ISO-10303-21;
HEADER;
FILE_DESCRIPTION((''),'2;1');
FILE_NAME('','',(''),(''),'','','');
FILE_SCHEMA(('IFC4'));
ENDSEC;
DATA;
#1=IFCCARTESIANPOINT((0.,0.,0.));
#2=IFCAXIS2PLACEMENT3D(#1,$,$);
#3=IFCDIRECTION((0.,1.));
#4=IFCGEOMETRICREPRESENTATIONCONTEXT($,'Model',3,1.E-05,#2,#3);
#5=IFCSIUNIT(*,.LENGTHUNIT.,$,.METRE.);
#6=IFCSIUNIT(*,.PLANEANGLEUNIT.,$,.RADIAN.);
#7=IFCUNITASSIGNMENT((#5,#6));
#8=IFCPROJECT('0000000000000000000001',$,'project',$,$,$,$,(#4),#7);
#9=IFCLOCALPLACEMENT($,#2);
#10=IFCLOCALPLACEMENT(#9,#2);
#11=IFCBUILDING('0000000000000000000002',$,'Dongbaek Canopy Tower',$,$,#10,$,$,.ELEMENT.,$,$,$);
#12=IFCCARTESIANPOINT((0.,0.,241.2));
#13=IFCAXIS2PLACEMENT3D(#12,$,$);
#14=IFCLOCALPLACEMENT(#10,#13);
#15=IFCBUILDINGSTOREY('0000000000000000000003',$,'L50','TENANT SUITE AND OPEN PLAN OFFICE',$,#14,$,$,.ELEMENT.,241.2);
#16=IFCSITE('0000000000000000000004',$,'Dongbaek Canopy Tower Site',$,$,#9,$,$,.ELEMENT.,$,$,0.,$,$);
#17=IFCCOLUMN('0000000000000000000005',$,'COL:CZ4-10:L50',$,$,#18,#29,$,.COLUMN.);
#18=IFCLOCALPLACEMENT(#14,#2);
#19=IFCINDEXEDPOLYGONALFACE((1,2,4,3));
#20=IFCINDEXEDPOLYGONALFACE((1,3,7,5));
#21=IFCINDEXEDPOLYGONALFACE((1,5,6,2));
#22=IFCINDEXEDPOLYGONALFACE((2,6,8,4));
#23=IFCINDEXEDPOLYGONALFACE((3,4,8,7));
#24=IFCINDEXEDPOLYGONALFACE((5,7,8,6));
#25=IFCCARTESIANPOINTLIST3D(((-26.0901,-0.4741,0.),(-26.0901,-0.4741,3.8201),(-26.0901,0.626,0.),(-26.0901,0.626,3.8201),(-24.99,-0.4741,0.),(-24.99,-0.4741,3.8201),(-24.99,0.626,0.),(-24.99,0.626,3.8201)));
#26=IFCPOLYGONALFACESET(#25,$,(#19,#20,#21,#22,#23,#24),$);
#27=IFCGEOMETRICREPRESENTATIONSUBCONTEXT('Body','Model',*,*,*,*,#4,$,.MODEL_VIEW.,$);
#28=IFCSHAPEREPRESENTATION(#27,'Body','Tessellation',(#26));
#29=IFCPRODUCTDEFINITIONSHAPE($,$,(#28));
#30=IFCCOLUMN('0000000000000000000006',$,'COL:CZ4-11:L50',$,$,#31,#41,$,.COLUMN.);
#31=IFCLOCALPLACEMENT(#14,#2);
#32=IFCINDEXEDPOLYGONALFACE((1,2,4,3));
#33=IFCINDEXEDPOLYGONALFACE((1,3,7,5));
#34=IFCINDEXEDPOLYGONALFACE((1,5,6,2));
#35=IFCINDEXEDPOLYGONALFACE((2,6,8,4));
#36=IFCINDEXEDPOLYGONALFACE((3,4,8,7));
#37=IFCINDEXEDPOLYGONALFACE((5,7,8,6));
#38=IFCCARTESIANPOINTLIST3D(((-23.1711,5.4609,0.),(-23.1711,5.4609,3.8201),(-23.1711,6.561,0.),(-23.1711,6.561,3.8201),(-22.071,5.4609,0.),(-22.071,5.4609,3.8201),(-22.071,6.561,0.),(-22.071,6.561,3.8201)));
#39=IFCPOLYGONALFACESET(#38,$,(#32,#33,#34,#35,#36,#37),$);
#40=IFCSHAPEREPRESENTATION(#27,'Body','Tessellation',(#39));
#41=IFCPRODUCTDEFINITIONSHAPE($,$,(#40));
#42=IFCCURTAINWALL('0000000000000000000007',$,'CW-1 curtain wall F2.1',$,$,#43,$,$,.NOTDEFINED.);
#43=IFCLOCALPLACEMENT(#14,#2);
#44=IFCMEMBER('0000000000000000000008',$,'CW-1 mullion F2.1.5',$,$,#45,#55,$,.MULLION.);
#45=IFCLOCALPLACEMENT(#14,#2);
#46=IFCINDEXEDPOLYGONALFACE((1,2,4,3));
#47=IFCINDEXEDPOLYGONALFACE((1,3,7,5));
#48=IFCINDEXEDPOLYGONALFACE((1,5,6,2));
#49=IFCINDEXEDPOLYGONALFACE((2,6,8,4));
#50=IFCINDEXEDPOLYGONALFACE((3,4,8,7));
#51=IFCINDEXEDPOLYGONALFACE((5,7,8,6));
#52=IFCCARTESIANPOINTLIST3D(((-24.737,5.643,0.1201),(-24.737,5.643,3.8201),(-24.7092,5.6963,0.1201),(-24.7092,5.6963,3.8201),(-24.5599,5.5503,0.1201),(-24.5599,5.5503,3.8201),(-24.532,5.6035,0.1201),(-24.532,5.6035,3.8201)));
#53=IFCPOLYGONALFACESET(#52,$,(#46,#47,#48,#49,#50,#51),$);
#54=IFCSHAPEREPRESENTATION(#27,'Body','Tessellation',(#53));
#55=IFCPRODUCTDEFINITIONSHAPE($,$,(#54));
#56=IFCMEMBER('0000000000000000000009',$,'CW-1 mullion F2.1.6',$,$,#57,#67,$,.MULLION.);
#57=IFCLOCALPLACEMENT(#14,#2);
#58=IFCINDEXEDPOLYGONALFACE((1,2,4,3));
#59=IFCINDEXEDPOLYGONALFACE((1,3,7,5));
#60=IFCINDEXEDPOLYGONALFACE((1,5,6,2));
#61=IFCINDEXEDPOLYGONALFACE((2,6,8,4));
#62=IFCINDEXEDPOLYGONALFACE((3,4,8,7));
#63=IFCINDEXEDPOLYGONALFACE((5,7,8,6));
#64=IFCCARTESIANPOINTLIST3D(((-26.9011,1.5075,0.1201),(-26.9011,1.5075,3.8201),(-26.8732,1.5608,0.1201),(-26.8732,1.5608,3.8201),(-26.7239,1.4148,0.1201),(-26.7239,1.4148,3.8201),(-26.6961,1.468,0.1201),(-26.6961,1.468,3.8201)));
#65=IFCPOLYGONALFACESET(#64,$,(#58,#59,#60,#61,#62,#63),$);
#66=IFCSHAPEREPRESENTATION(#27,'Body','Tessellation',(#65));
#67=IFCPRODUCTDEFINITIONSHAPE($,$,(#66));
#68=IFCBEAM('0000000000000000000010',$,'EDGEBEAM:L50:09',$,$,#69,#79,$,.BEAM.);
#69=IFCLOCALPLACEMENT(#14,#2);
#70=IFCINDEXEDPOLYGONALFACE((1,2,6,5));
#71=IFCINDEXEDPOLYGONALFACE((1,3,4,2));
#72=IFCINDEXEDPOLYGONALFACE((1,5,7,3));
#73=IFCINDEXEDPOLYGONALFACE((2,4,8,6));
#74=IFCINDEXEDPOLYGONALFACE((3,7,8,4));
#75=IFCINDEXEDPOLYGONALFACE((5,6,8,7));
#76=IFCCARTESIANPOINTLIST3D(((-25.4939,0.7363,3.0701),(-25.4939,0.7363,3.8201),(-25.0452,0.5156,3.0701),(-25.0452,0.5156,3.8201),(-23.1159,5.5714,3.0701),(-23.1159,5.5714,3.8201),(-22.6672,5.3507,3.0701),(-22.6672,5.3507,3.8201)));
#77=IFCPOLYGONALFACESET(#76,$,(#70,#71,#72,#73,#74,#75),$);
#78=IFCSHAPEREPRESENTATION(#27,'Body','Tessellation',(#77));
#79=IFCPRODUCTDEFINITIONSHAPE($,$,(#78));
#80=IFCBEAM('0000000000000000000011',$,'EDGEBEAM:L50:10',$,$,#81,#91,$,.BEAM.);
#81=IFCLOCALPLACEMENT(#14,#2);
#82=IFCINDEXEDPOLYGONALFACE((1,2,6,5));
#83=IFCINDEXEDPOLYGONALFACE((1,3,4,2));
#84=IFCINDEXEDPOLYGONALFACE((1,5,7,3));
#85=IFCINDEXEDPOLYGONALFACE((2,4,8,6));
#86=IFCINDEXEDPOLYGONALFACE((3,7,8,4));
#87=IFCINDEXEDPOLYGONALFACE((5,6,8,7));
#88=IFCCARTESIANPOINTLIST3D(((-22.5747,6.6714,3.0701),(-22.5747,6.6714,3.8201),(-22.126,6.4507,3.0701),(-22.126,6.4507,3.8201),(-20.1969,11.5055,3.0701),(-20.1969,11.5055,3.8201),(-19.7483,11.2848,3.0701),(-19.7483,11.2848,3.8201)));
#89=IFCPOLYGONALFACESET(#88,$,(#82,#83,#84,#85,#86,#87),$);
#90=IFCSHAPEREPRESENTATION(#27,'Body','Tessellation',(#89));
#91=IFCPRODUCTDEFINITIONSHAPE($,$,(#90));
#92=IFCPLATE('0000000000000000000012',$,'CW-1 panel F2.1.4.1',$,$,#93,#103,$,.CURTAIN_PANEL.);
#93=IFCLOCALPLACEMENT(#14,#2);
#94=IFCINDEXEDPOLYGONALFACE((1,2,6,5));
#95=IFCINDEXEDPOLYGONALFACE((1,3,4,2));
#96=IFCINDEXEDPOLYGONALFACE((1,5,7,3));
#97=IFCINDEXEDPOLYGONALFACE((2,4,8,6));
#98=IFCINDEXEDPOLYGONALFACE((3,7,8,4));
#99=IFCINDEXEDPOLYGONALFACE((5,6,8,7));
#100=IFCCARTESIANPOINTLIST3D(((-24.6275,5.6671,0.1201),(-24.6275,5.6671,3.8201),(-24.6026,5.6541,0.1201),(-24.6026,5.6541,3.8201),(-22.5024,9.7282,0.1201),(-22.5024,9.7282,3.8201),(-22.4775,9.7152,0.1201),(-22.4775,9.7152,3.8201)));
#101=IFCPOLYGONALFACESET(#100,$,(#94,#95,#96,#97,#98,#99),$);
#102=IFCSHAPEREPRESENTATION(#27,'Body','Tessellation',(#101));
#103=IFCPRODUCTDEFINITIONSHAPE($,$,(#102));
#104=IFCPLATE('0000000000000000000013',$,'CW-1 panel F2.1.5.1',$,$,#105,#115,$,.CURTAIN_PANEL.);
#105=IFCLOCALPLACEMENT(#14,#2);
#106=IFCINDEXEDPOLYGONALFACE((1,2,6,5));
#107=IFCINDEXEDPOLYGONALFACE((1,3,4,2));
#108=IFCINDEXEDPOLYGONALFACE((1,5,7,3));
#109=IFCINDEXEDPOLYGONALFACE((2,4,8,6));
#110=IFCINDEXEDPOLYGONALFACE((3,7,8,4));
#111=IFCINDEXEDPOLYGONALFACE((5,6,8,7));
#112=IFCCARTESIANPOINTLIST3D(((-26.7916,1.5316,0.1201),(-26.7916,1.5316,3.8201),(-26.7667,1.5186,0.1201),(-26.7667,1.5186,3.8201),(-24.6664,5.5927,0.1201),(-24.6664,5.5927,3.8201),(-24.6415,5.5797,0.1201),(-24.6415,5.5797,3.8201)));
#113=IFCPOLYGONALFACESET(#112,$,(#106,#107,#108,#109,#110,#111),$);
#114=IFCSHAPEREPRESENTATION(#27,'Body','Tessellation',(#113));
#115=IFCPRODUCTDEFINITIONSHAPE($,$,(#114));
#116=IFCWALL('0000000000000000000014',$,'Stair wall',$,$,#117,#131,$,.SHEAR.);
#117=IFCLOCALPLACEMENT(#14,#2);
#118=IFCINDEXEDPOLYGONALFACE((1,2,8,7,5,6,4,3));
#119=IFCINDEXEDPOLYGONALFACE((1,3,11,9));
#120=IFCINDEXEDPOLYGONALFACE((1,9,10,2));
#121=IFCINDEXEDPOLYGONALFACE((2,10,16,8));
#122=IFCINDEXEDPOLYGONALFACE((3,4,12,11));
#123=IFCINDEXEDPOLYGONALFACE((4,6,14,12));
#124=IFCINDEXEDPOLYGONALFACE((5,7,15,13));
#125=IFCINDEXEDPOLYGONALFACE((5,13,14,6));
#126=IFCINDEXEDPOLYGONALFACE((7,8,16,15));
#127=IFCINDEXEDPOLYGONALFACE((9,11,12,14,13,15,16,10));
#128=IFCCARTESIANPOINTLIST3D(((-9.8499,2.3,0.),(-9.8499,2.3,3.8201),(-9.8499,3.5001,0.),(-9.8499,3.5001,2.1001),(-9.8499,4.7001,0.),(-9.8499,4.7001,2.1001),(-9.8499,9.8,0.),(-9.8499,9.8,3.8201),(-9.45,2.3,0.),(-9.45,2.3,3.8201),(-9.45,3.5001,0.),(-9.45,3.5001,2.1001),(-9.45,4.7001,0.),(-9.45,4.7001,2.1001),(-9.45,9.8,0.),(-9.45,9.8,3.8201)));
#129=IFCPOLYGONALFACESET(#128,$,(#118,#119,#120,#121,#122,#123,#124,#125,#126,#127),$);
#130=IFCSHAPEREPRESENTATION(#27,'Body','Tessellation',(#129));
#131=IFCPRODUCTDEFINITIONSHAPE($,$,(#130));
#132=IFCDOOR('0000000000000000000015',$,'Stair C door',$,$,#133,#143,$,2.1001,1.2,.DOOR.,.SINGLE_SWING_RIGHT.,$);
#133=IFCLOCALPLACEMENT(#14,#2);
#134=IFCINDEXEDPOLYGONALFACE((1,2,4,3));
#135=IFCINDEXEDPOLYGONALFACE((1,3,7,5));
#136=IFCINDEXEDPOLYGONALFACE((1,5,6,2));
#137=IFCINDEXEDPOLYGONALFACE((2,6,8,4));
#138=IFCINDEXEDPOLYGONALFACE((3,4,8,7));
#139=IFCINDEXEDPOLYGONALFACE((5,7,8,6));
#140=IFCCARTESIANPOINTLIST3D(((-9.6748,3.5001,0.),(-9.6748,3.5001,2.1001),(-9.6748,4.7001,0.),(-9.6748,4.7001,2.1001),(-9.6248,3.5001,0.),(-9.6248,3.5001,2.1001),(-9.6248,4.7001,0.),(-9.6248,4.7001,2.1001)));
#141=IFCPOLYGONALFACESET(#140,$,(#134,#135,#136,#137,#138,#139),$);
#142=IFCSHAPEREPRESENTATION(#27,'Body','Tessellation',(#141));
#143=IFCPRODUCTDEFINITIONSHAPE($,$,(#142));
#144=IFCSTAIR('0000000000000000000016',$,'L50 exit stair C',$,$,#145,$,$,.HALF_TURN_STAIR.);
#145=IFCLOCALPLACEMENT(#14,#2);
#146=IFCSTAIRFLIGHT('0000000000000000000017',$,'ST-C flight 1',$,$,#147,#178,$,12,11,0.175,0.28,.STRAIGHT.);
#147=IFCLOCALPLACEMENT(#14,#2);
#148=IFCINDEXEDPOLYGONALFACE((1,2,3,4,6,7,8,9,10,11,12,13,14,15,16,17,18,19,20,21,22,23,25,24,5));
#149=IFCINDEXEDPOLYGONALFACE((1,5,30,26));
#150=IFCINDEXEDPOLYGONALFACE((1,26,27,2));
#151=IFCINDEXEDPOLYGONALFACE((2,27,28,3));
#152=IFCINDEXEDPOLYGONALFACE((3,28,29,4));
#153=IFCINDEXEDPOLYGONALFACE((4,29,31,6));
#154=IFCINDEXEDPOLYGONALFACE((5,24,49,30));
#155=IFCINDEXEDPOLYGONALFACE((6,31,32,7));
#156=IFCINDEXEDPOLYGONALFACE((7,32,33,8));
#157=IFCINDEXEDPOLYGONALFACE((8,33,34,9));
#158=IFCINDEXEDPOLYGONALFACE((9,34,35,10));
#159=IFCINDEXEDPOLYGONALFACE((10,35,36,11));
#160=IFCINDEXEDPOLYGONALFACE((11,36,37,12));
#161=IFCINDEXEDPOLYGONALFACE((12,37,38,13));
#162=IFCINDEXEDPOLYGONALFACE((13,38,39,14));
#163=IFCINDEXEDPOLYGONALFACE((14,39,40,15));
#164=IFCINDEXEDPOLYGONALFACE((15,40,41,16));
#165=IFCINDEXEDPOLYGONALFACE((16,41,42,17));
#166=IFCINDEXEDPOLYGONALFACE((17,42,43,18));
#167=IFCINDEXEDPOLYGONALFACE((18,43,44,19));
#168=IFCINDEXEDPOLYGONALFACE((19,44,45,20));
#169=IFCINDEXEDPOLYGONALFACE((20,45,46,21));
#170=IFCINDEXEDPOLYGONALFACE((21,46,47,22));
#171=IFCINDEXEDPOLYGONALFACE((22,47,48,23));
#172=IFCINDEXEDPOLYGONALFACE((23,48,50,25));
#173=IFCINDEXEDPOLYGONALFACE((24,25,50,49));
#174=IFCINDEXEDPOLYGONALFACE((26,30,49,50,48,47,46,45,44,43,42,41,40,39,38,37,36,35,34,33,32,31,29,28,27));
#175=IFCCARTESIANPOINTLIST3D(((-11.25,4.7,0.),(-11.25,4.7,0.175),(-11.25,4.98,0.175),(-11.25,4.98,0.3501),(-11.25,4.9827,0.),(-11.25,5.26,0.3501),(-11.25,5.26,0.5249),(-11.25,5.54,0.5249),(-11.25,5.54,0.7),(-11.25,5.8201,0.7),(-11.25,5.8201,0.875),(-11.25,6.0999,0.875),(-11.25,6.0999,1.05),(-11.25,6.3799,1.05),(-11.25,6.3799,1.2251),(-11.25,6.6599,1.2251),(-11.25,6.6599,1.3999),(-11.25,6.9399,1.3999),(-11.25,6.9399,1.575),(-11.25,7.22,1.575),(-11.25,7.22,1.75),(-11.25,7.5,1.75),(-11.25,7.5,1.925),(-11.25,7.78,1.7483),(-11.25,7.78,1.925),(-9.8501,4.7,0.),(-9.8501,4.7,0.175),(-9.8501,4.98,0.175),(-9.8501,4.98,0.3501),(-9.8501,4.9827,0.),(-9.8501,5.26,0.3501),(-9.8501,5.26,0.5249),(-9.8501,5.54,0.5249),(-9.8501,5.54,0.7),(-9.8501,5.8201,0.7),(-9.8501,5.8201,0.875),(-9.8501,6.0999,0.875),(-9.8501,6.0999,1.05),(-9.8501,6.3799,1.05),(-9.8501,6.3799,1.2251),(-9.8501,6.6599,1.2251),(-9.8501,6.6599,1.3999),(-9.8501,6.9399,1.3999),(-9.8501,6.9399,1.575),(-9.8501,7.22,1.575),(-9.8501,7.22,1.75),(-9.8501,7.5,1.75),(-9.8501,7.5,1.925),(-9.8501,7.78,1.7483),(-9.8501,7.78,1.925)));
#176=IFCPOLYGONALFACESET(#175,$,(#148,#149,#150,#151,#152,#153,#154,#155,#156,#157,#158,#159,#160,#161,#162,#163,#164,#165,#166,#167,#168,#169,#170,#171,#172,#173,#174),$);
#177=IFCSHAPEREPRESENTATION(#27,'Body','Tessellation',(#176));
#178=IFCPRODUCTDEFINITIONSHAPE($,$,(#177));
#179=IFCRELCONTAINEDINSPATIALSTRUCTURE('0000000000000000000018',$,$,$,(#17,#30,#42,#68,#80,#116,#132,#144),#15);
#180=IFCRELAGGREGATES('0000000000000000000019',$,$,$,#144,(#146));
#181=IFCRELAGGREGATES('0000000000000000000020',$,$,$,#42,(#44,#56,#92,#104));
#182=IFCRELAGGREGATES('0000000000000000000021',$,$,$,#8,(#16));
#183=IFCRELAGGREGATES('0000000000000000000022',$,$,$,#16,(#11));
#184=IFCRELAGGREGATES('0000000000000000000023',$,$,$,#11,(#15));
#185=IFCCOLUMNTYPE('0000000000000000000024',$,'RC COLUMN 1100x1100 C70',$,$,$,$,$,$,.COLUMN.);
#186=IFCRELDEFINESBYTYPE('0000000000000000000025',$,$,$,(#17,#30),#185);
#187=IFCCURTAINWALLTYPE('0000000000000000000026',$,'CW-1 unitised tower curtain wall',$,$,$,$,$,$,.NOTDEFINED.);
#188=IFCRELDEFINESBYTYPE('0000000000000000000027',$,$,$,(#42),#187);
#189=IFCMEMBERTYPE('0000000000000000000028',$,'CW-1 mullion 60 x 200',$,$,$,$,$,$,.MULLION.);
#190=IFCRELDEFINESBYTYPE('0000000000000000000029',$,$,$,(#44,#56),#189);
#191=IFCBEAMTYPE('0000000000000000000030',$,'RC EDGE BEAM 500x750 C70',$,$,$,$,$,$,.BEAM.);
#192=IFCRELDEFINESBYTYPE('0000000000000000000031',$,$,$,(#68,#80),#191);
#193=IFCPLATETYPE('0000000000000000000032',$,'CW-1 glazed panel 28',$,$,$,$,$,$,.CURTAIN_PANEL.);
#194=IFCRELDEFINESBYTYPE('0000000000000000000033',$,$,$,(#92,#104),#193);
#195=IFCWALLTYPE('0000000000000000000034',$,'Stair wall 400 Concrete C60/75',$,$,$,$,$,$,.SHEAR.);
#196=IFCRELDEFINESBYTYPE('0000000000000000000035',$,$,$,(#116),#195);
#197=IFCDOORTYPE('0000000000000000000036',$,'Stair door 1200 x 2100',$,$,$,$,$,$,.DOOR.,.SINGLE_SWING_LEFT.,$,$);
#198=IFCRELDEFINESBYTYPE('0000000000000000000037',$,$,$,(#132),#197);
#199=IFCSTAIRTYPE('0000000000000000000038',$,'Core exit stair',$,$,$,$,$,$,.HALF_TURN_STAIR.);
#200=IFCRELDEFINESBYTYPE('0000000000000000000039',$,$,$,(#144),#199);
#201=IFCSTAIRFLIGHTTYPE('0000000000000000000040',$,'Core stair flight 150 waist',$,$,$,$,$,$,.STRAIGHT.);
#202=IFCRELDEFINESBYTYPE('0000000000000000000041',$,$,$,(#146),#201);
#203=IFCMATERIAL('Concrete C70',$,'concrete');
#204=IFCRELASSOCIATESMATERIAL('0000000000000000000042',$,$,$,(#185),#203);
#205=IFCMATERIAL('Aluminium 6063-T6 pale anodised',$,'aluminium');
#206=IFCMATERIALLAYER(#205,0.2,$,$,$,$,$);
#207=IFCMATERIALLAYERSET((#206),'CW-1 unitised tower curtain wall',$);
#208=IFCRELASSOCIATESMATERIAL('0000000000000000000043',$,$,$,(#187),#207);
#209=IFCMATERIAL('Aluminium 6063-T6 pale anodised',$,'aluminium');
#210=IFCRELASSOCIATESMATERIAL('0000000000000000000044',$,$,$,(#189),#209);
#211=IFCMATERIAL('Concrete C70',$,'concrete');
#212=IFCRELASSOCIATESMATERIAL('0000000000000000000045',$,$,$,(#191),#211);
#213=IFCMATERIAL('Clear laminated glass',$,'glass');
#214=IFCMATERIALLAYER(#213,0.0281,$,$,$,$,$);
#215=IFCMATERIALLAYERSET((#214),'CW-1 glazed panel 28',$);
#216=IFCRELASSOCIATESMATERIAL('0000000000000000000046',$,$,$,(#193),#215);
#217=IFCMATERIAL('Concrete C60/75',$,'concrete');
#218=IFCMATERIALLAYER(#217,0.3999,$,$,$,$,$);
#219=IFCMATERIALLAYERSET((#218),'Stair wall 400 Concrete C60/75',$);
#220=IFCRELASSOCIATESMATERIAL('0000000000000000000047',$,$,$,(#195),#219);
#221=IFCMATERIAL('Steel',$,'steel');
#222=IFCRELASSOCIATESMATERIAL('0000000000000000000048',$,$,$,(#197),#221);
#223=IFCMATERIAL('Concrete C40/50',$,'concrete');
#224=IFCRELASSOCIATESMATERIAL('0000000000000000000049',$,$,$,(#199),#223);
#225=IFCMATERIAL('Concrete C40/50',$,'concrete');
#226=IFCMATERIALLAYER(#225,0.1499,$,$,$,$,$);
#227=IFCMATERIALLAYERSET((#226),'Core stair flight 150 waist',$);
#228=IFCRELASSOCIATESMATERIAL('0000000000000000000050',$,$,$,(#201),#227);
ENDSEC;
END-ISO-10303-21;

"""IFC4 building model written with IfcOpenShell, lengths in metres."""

from ifc_helpers import new_model, si_unit, direction, frame, frame_2d, origin, origin_2d, place, context, subcontext, project, spatial, polyline, rectangle, outline, extrude, material, layer, layer_set, material_profile, profile_set, type_object, element, fill, aggregate, save


model = new_model("IFC4")

# Units and contexts
model_context = context("Model", 3, precision=1e-05, world=origin(), true_north=direction((0.0, 1.0)))
body_context = subcontext(model_context, "Body", "Model", "MODEL_VIEW")
ifc_project = project(units=[si_unit("LENGTHUNIT", "METRE"), si_unit("PLANEANGLEUNIT", "RADIAN")], contexts=[model_context])

# Site, building, storey
site_placement = place(None, origin())
site = spatial("IfcSite", under=ifc_project, at=site_placement, Name="Dongbaek Canopy Tower Site", CompositionType="ELEMENT", RefElevation=0.0)
building_placement = place(site_placement, origin())
building = spatial("IfcBuilding", under=site, at=building_placement, Name="Dongbaek Canopy Tower", CompositionType="ELEMENT")
storey_placement = place(building_placement, frame((0.0, 0.0, 241.2)))
storey = spatial("IfcBuildingStorey", under=building, at=storey_placement, Name="L50", Description="TENANT SUITE AND OPEN PLAN OFFICE", CompositionType="ELEMENT", Elevation=241.2)

# Columns
ifc_material_1 = material(Name="Concrete C70", Category="concrete")
ifc_material_profile_1 = material_profile(ifc_material_1, rectangle(XDim=1.1001, YDim=1.1001, at=origin_2d()), Name="RC COLUMN 1100x1100 C70")
ifc_profile_set_1 = profile_set([ifc_material_profile_1], Name="Concrete C70")
column_type = type_object("IfcColumnType", Name="RC COLUMN 1100x1100 C70", PredefinedType="COLUMN", material=ifc_profile_set_1)
for number, where, z_axis, x_axis, name in (
    (1, (-25.54, 0.0759, 0.0), (0.0, 0.0, 1.0), (1.0, 0.0, 0.0), "COL:CZ4-10:L50"),
    (2, (-22.6211, 6.011, 0.0), (0.0, 0.0, 1.0), (1.0, 0.0, 0.0), "COL:CZ4-11:L50"),
):
    element("IfcColumn", number, at=place(storey_placement, frame(where, z_axis=z_axis, x_axis=x_axis)), inside=storey, type_object=column_type, Name=name, PredefinedType="COLUMN", context=body_context, shape_type="SweptSolid", body=[
        extrude(rectangle(XDim=1.1001, YDim=1.1001, at=origin_2d()), origin(), (0.0, 0.0, 1.0), 3.8201),
    ])

# Curtain wall, members
ifc_material_2 = material(Name="Aluminium 6063-T6 pale anodised", Category="aluminium")
ifc_layer_1 = layer(ifc_material_2, 0.2)
ifc_layer_set_1 = layer_set([ifc_layer_1], Name="CW-1 unitised tower curtain wall")
curtain_wall_type = type_object("IfcCurtainWallType", Name="CW-1 unitised tower curtain wall", PredefinedType="NOTDEFINED", material=ifc_layer_set_1)
curtain_wall_placement = place(storey_placement, origin())
curtain_wall = element("IfcCurtainWall", 3, at=curtain_wall_placement, inside=storey, type_object=curtain_wall_type, Name="CW-1 curtain wall F2.1", PredefinedType="NOTDEFINED")
ifc_material_3 = material(Name="Aluminium 6063-T6 pale anodised", Category="aluminium")
ifc_material_profile_2 = material_profile(ifc_material_3, rectangle(XDim=0.2, YDim=0.0601, at=origin_2d()), Name="CW-1 mullion 60 x 200")
ifc_profile_set_2 = profile_set([ifc_material_profile_2], Name="Aluminium 6063-T6 pale anodised")
member_type = type_object("IfcMemberType", Name="CW-1 mullion 60 x 200", PredefinedType="MULLION", material=ifc_profile_set_2)
member_1_placement = place(storey_placement, frame((-24.6345, 5.6233, 0.1201), z_axis=(0.0, 0.0, 1.0), x_axis=(-0.886019, 0.463649, 0.0)))
member_1 = element("IfcMember", 4, at=member_1_placement, type_object=member_type, Name="CW-1 mullion F2.1.5", PredefinedType="MULLION", context=body_context, shape_type="SweptSolid", body=[
    extrude(rectangle(XDim=0.2, YDim=0.0601, at=origin_2d()), origin(), (0.0, 0.0, 1.0), 3.7),
])
member_2_placement = place(storey_placement, frame((-26.7986, 1.4878, 0.1201), z_axis=(0.0, 0.0, 1.0), x_axis=(-0.886019, 0.463649, 0.0)))
member_2 = element("IfcMember", 5, at=member_2_placement, type_object=member_type, Name="CW-1 mullion F2.1.6", PredefinedType="MULLION", context=body_context, shape_type="SweptSolid", body=[
    extrude(rectangle(XDim=0.2, YDim=0.0601, at=origin_2d()), origin(), (0.0, 0.0, 1.0), 3.7),
])

# Beams
ifc_material_4 = material(Name="Concrete C70", Category="concrete")
ifc_material_profile_3 = material_profile(ifc_material_4, rectangle(XDim=0.5, YDim=0.75, at=origin_2d()), Name="RC EDGE BEAM 500x750 C70")
ifc_profile_set_3 = profile_set([ifc_material_profile_3], Name="Concrete C70")
beam_type = type_object("IfcBeamType", Name="RC EDGE BEAM 500x750 C70", PredefinedType="BEAM", material=ifc_profile_set_3)
beam_1_placement = place(storey_placement, frame((-25.2695, 0.626, 3.4451), z_axis=(0.441332, 0.897344, 0.0), x_axis=(-0.897344, 0.441332, 0.0)))
element("IfcBeam", 6, at=beam_1_placement, inside=storey, type_object=beam_type, Name="EDGEBEAM:L50:09", PredefinedType="BEAM", context=body_context, shape_type="SweptSolid", body=[
    extrude(rectangle(XDim=0.5, YDim=0.75, at=origin_2d()), origin(), (0.0, 0.0, 1.0), 5.3882),
])
beam_2_placement = place(storey_placement, frame((-22.3503, 6.561, 3.4451), z_axis=(0.441367, 0.897327, 0.0), x_axis=(-0.897327, 0.441367, 0.0)))
element("IfcBeam", 7, at=beam_2_placement, inside=storey, type_object=beam_type, Name="EDGEBEAM:L50:10", PredefinedType="BEAM", context=body_context, shape_type="SweptSolid", body=[
    extrude(rectangle(XDim=0.5, YDim=0.75, at=origin_2d()), origin(), (0.0, 0.0, 1.0), 5.3872),
])

# Plates
ifc_material_5 = material(Name="Clear laminated glass", Category="glass")
ifc_layer_2 = layer(ifc_material_5, 0.0281)
ifc_layer_set_2 = layer_set([ifc_layer_2], Name="CW-1 glazed panel 28")
plate_type = type_object("IfcPlateType", Name="CW-1 glazed panel 28", PredefinedType="CURTAIN_PANEL", material=ifc_layer_set_2)
plate_1_placement = place(storey_placement, frame((-23.5525, 7.6912, 0.1201), z_axis=(0.0, 0.0, 1.0), x_axis=(-0.463649, -0.886019, 0.0)))
plate_1 = element("IfcPlate", 8, at=plate_1_placement, type_object=plate_type, Name="CW-1 panel F2.1.4.1", PredefinedType="CURTAIN_PANEL", context=body_context, shape_type="SweptSolid", body=[
    extrude(rectangle(XDim=4.5835, YDim=0.0281, at=origin_2d()), origin(), (0.0, 0.0, 1.0), 3.7),
])
plate_2_placement = place(storey_placement, frame((-25.7166, 3.5557, 0.1201), z_axis=(0.0, 0.0, 1.0), x_axis=(-0.463649, -0.886019, 0.0)))
plate_2 = element("IfcPlate", 9, at=plate_2_placement, type_object=plate_type, Name="CW-1 panel F2.1.5.1", PredefinedType="CURTAIN_PANEL", context=body_context, shape_type="SweptSolid", body=[
    extrude(rectangle(XDim=4.5835, YDim=0.0281, at=origin_2d()), origin(), (0.0, 0.0, 1.0), 3.7),
])

# Wall, opening, door
ifc_material_6 = material(Name="Concrete C60/75", Category="concrete")
ifc_layer_3 = layer(ifc_material_6, 0.3999)
ifc_layer_set_3 = layer_set([ifc_layer_3], Name="Stair wall 400 Concrete C60/75")
wall_type = type_object("IfcWallType", Name="Stair wall 400 Concrete C60/75", PredefinedType="SHEAR", material=ifc_layer_set_3)
wall_placement = place(storey_placement, frame((-9.6499, 2.3, 0.0), z_axis=(0.0, 0.0, 1.0), x_axis=(0.0, 1.0, 0.0)))
wall = element("IfcWall", 10, at=wall_placement, inside=storey, type_object=wall_type, Name="Stair wall", PredefinedType="SHEAR", context=body_context, shape_type="SweptSolid", body=[
    extrude(rectangle(XDim=7.5, YDim=0.3999, at=frame_2d((3.75, 0.0))), origin(), (0.0, 0.0, 1.0), 3.8201),
])
opening_placement = place(wall_placement, frame((1.2, 0.0, 0.0)))
opening = element("IfcOpeningElement", 11, at=opening_placement, cuts=wall, PredefinedType="OPENING", context=body_context, shape_type="SweptSolid", body=[
    extrude(rectangle(XDim=1.2, YDim=2.1001, at=frame_2d((0.6001, 1.05))), frame((0.0, 0.21, 0.0), z_axis=(0.0, -1.0, 0.0), x_axis=(1.0, 0.0, 0.0)), (0.0, 0.0, 1.0), 0.4199),
])
ifc_material_7 = material(Name="Steel", Category="steel")
door_type = type_object("IfcDoorType", Name="Stair door 1200 x 2100", OperationType="SINGLE_SWING_LEFT", PredefinedType="DOOR", material=ifc_material_7)
door_placement = place(opening_placement, origin())
door = element("IfcDoor", 12, at=door_placement, inside=storey, type_object=door_type, Name="Stair C door", OperationType="SINGLE_SWING_RIGHT", OverallHeight=2.1001, OverallWidth=1.2, PredefinedType="DOOR", context=body_context, shape_type="SweptSolid", body=[
    extrude(rectangle(XDim=1.2, YDim=2.1001, at=frame_2d((0.6001, 1.05))), frame((0.0, 0.0249, 0.0), z_axis=(0.0, -1.0, 0.0), x_axis=(1.0, 0.0, 0.0)), (0.0, 0.0, 1.0), 0.05),
])
fill(opening, door)

# Stair, stair flight
ifc_material_8 = material(Name="Concrete C40/50", Category="concrete")
stair_type = type_object("IfcStairType", Name="Core exit stair", PredefinedType="HALF_TURN_STAIR", material=ifc_material_8)
stair_placement = place(storey_placement, origin())
stair = element("IfcStair", 13, at=stair_placement, inside=storey, type_object=stair_type, Name="L50 exit stair C", PredefinedType="HALF_TURN_STAIR")
ifc_material_9 = material(Name="Concrete C40/50", Category="concrete")
ifc_layer_4 = layer(ifc_material_9, 0.1499)
ifc_layer_set_4 = layer_set([ifc_layer_4], Name="Core stair flight 150 waist")
stair_flight_type = type_object("IfcStairFlightType", Name="Core stair flight 150 waist", PredefinedType="STRAIGHT", material=ifc_layer_set_4)
stair_flight_1_placement = place(storey_placement, frame((-10.55, 4.7, 0.0), z_axis=(0.0, 0.0, 1.0), x_axis=(0.0, 1.0, 0.0)))
stair_flight_1 = element("IfcStairFlight", 14, at=stair_flight_1_placement, type_object=stair_flight_type, Name="ST-C flight 1", NumberOfRisers=12, NumberOfTreads=11, PredefinedType="STRAIGHT", RiserHeight=0.175, TreadLength=0.28, context=body_context, shape_type="SweptSolid", body=[
    extrude(outline(polyline([(0.0, 0.0), (0.0, 0.175), (0.28, 0.175), (0.28, 0.3501), (0.5601, 0.3501), (0.5601, 0.5249), (0.8401, 0.5249), (0.8401, 0.7), (1.1201, 0.7), (1.1201, 0.875), (1.3999, 0.875), (1.3999, 1.05), (1.6799, 1.05), (1.6799, 1.2251), (1.96, 1.2251), (1.96, 1.3999), (2.24, 1.3999), (2.24, 1.575), (2.52, 1.575), (2.52, 1.75), (2.8, 1.75), (2.8, 1.925), (3.0801, 1.925), (3.0801, 2.1001), (3.0801, 1.7483), (0.2827, 0.0), (0.0, 0.0)])), frame((0.0, 0.7, 0.0), z_axis=(0.0, -1.0, 0.0), x_axis=(1.0, 0.0, 0.0)), (0.0, 0.0, 1.0), 1.3999),
])
aggregate(stair, [stair_flight_1])

aggregate(curtain_wall, [member_1, member_2, plate_1, plate_2])

save(model, "model.ifc")
